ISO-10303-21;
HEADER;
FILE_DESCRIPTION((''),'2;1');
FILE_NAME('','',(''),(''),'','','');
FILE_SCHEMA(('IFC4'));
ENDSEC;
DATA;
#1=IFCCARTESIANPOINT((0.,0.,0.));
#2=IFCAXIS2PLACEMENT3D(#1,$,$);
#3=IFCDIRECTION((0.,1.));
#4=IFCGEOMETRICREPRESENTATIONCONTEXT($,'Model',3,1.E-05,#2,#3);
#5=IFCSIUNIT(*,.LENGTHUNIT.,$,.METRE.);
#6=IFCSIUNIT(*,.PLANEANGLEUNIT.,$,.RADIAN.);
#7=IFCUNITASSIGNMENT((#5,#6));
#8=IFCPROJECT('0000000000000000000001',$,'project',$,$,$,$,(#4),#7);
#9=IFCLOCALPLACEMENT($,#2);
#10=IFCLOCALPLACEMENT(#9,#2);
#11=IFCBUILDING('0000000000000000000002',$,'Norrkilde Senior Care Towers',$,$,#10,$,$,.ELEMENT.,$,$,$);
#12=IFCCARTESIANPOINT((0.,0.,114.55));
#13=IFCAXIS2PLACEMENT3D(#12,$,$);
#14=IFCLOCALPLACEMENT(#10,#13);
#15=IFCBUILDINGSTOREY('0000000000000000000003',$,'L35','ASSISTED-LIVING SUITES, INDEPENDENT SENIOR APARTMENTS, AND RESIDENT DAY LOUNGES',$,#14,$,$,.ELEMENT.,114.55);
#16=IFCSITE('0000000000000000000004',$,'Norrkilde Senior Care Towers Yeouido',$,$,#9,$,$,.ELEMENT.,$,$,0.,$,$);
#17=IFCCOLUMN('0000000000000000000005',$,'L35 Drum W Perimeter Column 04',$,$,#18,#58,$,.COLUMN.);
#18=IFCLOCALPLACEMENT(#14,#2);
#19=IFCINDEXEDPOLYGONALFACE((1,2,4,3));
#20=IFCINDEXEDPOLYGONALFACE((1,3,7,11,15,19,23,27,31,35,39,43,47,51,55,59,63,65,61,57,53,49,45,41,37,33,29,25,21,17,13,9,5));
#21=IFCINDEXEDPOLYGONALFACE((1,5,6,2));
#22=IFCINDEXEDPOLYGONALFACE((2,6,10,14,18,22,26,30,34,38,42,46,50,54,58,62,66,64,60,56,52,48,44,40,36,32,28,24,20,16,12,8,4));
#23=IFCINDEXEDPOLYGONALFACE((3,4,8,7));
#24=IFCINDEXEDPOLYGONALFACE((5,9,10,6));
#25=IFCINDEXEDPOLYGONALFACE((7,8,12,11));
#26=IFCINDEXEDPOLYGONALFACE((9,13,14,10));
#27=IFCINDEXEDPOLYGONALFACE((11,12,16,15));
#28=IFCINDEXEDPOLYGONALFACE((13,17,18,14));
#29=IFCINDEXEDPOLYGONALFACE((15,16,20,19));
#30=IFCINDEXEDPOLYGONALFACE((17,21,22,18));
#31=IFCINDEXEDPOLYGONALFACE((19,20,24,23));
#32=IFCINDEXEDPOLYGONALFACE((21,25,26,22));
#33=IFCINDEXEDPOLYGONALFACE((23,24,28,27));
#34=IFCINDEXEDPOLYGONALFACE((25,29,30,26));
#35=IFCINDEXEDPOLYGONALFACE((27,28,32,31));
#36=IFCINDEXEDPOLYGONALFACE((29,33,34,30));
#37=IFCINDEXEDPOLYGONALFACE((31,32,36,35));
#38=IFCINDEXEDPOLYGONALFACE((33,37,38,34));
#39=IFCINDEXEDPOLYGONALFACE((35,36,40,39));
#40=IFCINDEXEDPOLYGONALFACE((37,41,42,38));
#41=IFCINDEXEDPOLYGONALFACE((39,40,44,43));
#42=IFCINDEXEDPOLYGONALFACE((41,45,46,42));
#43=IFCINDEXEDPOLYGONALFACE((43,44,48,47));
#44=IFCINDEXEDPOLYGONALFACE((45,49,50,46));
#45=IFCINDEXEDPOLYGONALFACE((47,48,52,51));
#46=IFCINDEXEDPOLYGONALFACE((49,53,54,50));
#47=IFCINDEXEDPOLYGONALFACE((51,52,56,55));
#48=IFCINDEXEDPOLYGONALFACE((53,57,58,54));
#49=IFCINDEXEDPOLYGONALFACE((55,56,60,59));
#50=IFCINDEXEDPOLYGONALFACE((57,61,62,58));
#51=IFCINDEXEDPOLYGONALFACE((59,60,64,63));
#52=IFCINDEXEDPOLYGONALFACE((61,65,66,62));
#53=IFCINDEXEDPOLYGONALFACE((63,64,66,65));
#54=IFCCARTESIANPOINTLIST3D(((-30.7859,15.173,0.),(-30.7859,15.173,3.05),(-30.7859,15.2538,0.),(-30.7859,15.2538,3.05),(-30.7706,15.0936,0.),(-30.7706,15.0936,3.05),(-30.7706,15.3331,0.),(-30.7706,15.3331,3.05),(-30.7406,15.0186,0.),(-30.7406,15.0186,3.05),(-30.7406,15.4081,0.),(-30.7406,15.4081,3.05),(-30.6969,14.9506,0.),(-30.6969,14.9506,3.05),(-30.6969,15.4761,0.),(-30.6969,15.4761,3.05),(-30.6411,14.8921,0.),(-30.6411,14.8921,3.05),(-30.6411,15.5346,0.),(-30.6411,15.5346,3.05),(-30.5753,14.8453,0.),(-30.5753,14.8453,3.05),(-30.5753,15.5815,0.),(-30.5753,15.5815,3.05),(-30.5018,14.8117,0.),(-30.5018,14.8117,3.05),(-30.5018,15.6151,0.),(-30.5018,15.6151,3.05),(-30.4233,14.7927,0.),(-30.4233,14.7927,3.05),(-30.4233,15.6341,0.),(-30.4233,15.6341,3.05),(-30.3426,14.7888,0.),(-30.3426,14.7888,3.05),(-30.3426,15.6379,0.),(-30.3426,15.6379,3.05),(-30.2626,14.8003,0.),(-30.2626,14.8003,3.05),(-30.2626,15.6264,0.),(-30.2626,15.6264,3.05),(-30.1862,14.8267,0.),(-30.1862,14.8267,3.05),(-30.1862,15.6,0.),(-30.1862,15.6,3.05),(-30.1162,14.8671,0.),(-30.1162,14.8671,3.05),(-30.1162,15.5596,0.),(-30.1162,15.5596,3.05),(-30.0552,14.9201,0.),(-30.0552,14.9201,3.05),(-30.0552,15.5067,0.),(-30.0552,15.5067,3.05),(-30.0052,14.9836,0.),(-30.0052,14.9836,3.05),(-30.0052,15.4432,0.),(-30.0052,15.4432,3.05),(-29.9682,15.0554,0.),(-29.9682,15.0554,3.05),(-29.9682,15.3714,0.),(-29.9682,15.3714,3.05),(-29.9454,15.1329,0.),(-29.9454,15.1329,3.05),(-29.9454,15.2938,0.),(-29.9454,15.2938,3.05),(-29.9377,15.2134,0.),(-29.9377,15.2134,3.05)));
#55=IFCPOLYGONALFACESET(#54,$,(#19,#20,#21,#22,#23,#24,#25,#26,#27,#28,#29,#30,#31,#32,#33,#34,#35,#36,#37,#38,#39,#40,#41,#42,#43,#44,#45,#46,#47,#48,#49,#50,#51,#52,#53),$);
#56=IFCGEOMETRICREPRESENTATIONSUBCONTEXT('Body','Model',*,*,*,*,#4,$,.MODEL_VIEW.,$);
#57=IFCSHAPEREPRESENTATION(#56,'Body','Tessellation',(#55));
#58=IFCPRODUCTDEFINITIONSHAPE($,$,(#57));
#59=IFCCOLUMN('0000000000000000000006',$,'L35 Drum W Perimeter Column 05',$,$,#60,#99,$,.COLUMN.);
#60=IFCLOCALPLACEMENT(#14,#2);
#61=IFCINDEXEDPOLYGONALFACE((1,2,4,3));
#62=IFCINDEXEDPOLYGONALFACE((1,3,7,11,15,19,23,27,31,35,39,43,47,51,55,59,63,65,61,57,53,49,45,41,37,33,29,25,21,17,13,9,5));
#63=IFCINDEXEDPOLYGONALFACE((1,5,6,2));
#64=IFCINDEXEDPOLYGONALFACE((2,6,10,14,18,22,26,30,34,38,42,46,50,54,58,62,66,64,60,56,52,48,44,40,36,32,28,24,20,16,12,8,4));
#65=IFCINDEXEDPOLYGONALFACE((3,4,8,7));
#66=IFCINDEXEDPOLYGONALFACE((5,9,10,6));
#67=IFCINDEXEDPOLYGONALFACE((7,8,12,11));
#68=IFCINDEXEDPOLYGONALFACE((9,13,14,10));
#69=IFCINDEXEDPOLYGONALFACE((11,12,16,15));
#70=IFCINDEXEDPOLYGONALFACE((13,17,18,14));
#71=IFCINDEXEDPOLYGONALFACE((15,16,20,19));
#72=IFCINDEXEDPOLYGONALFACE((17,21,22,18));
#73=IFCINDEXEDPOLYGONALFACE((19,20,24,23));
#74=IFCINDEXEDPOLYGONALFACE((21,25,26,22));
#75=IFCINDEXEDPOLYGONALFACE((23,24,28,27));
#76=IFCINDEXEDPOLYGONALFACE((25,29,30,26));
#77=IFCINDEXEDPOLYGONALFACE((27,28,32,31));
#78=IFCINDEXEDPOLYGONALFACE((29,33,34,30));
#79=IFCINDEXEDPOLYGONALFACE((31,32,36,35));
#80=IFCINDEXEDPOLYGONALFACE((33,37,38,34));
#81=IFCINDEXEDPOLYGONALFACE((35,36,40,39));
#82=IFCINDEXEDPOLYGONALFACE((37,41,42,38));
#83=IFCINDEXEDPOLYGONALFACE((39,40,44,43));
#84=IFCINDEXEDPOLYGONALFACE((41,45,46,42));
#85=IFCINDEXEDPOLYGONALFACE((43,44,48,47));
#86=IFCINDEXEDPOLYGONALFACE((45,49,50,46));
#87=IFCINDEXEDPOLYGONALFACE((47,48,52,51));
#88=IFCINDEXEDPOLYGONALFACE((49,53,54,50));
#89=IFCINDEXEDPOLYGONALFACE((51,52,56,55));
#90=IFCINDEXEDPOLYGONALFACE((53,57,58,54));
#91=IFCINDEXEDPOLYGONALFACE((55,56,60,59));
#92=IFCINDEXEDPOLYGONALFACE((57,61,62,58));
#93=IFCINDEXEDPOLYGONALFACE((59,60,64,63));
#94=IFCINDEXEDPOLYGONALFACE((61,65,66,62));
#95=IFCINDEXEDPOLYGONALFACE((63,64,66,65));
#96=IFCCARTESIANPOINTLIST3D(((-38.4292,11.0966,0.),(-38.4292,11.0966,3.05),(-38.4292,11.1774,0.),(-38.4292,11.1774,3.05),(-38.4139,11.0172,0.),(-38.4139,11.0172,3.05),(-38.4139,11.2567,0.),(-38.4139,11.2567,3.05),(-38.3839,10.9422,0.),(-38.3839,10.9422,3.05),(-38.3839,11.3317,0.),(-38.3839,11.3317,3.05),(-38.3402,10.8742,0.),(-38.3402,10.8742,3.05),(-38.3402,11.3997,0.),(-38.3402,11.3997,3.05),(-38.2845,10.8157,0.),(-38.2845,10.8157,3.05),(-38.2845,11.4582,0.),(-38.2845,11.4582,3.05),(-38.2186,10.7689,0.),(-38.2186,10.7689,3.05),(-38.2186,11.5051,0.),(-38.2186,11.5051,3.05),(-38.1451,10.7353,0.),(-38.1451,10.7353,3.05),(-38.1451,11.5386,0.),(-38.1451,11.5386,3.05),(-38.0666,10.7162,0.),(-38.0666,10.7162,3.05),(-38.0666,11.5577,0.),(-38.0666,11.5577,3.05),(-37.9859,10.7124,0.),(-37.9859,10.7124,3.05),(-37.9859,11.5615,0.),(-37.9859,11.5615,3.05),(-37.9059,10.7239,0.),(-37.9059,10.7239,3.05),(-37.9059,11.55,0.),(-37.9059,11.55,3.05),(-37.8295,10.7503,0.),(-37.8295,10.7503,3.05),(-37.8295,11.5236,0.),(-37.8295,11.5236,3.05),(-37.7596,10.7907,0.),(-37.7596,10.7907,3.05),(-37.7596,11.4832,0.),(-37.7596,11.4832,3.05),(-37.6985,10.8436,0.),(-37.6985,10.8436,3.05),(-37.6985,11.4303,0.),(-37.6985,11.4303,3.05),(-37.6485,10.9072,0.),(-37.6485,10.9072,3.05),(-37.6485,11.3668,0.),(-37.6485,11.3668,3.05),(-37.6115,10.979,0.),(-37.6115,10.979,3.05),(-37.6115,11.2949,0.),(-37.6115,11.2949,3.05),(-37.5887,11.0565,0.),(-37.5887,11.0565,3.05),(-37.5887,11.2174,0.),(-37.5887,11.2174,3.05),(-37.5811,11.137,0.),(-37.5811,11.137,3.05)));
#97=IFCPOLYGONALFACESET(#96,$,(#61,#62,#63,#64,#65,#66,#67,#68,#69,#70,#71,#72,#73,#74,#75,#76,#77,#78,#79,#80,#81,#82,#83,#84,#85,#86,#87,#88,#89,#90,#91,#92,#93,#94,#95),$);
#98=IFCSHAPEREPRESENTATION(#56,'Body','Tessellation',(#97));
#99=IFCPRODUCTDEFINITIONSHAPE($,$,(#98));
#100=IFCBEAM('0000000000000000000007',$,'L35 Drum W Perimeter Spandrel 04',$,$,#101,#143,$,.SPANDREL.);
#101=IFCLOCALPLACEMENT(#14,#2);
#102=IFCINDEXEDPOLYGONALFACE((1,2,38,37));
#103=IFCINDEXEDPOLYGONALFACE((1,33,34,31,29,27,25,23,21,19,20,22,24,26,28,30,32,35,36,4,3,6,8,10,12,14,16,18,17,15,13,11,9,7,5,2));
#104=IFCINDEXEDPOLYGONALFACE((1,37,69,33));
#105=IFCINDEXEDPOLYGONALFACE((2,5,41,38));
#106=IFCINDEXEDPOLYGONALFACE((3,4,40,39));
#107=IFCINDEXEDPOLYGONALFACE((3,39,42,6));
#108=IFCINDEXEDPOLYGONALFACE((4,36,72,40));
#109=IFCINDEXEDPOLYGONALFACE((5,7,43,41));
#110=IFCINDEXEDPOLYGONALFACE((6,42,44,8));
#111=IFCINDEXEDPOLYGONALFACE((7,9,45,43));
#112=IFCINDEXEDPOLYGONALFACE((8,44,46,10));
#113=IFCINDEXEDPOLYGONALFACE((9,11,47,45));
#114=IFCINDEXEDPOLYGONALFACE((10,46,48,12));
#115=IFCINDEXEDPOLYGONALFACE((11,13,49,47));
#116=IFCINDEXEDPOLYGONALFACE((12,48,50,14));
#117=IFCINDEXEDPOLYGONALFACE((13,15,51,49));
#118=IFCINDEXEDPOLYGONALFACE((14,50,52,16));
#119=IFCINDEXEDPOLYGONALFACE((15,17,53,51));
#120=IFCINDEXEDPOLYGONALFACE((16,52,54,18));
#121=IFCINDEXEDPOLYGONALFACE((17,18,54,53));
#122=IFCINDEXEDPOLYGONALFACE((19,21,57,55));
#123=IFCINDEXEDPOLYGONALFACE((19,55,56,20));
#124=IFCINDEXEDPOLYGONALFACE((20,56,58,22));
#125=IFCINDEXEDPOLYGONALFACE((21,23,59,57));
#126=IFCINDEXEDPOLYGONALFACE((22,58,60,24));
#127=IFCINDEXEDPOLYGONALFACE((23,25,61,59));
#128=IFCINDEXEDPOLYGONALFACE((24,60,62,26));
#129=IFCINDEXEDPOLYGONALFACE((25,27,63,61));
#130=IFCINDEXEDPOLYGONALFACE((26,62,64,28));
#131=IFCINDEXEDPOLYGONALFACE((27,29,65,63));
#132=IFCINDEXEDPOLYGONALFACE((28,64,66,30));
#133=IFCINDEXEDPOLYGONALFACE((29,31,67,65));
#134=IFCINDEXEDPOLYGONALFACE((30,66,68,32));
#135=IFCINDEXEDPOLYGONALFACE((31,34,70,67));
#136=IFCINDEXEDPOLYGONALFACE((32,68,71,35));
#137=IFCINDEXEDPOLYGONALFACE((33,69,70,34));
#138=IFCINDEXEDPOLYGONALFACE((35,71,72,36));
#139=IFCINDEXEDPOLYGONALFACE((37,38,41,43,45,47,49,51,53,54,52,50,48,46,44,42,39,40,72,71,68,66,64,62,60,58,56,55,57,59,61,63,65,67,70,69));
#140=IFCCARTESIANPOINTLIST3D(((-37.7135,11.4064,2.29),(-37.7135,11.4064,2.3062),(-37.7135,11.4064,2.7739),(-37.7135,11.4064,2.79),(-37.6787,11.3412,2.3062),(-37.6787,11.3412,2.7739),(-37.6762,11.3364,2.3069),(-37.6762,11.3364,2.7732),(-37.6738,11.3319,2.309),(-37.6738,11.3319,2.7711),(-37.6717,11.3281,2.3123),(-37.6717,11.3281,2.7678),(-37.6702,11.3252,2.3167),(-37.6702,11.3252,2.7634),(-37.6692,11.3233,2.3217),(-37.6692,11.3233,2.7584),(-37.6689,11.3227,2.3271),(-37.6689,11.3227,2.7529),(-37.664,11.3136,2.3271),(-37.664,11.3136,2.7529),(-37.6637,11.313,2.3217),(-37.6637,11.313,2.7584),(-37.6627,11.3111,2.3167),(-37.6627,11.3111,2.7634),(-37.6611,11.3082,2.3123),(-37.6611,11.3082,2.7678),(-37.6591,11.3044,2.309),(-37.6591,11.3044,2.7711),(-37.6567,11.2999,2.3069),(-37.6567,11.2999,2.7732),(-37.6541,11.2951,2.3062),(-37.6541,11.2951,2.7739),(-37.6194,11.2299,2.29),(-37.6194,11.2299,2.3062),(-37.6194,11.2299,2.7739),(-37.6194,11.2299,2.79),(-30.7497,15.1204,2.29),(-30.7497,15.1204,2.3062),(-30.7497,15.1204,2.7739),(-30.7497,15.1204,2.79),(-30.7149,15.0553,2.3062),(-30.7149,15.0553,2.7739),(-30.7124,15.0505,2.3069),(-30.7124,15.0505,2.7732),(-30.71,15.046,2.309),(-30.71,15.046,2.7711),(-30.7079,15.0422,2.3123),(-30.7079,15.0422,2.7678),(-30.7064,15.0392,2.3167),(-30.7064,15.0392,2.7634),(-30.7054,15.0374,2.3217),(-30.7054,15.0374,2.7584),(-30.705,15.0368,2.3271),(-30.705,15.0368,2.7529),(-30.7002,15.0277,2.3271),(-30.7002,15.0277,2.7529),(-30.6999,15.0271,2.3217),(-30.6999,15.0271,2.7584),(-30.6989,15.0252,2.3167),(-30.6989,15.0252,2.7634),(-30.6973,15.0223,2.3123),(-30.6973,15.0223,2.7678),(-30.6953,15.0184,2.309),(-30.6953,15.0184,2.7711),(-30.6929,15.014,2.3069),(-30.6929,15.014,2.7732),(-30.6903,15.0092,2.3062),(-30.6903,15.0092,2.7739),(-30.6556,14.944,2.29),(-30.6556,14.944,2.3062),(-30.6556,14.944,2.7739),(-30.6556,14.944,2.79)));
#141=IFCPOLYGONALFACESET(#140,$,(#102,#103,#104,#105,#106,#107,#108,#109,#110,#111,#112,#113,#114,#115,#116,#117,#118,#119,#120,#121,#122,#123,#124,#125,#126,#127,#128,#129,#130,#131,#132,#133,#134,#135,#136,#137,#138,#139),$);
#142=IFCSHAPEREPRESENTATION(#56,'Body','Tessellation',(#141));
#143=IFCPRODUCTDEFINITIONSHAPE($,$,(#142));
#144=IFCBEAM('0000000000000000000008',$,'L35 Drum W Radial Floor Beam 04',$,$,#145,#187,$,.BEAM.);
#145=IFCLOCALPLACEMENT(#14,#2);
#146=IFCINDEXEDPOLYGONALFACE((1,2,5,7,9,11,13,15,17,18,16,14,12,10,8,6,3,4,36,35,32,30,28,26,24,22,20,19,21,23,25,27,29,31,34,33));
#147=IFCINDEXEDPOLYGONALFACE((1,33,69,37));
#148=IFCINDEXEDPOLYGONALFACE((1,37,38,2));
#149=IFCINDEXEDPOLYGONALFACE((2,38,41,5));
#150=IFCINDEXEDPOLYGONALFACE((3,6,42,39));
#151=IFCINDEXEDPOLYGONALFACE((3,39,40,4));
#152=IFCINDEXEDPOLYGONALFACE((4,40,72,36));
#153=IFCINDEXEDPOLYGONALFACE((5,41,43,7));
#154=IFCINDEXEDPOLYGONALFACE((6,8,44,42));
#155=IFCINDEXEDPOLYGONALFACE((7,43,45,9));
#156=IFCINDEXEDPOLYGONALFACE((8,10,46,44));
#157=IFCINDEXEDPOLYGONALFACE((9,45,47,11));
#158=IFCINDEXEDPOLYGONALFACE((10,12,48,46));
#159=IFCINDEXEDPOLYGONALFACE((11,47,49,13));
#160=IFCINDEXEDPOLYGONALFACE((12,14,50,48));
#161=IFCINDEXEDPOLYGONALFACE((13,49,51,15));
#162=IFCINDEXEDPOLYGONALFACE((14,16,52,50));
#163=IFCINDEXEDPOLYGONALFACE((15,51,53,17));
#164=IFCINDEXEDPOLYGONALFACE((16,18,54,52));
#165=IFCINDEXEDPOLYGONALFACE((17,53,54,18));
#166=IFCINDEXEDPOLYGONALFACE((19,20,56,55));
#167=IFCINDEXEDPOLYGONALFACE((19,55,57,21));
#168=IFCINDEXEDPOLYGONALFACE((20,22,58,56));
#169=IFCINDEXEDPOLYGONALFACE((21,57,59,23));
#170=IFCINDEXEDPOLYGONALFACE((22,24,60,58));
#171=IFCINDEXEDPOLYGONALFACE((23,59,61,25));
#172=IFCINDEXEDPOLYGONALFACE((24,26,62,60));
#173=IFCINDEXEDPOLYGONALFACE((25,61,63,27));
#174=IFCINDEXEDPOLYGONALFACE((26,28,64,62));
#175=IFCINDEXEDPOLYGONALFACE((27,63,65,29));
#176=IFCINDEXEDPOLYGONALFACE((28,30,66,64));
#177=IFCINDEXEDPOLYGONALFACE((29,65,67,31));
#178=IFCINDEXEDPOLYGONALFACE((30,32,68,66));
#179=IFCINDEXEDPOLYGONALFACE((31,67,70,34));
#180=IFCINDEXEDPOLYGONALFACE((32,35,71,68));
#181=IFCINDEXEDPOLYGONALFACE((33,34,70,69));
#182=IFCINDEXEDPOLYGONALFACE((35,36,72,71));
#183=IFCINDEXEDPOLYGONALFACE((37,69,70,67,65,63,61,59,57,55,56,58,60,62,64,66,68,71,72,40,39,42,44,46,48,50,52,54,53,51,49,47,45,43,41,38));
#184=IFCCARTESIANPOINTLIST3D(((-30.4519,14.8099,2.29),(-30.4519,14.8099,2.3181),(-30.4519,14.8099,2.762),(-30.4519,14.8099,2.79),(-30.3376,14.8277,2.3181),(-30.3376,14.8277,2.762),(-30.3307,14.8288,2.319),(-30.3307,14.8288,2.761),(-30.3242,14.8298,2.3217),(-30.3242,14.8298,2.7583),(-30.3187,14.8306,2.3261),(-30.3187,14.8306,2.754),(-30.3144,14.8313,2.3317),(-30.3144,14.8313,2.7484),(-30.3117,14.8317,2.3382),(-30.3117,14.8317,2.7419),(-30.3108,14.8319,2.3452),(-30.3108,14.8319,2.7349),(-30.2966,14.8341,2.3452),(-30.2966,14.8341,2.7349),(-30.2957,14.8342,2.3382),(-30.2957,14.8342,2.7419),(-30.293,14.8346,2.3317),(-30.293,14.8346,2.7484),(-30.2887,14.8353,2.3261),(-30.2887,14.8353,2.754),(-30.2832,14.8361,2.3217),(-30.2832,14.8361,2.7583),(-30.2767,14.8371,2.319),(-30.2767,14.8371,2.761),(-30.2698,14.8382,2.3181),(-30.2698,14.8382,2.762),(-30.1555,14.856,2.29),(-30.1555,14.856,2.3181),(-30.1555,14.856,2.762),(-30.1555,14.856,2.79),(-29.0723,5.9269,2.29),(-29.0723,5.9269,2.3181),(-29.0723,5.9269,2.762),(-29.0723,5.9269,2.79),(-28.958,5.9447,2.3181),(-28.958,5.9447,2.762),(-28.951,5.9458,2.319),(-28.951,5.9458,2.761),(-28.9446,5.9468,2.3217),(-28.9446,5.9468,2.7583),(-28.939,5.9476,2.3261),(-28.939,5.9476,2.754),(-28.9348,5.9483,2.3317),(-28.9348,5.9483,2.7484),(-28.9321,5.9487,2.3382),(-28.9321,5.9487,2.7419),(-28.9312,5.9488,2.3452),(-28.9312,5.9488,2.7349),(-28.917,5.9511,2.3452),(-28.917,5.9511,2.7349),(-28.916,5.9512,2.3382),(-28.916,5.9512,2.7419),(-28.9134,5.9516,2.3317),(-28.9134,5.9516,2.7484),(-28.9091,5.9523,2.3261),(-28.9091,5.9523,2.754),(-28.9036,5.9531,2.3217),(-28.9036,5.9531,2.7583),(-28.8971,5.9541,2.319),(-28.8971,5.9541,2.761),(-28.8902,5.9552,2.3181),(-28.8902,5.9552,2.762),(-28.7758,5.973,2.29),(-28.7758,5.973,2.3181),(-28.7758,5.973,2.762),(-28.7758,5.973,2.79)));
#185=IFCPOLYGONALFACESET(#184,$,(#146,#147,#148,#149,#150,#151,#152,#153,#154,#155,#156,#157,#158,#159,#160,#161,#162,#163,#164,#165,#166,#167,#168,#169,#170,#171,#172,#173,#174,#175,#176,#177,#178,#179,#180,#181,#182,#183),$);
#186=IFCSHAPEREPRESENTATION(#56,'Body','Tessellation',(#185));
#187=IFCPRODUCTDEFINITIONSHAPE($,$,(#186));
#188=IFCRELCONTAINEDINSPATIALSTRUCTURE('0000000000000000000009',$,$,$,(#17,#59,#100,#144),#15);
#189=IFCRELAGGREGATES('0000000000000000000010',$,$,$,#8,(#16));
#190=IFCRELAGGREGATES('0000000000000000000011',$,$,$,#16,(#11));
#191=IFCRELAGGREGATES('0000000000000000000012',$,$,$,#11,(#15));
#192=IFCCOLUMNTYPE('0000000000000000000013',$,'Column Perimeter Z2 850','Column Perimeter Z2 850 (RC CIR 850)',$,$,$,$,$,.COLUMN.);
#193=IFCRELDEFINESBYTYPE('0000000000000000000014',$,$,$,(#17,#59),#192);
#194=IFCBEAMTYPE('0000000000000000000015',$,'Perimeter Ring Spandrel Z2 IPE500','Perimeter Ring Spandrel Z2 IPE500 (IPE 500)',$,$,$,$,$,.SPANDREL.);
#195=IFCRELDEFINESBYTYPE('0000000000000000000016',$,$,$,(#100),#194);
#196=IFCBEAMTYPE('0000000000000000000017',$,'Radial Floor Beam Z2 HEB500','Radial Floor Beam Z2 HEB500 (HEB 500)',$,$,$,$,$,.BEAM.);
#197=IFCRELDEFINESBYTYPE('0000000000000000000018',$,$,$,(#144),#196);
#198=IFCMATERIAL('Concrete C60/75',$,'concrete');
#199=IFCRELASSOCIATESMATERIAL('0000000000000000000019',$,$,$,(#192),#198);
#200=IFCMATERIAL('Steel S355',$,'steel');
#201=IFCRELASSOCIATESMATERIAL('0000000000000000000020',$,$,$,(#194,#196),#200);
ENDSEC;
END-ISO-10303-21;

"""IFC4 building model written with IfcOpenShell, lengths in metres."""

from ifc_helpers import new_model, si_unit, direction, frame, origin, origin_2d, place, context, subcontext, project, spatial, circle, i_section, extrude, source, transform, mapped, material, material_profile, profile_set, type_object, type_shapes, element, save


model = new_model("IFC4")

# Units and contexts
model_context = context("Model", 3, precision=1e-05, world=origin(), true_north=direction((0.0, 1.0)))
body_context = subcontext(model_context, "Body", "Model", "MODEL_VIEW")
ifc_project = project(units=[si_unit("LENGTHUNIT", "METRE"), si_unit("PLANEANGLEUNIT", "RADIAN")], contexts=[model_context])

# Site, building, storey
site_placement = place(None, origin())
site = spatial("IfcSite", under=ifc_project, at=site_placement, Name="Norrkilde Senior Care Towers Yeouido", CompositionType="ELEMENT", RefElevation=0.0)
building_placement = place(site_placement, origin())
building = spatial("IfcBuilding", under=site, at=building_placement, Name="Norrkilde Senior Care Towers", CompositionType="ELEMENT")
storey_placement = place(building_placement, frame((0.0, 0.0, 114.55)))
storey = spatial("IfcBuildingStorey", under=building, at=storey_placement, Name="L35", Description="ASSISTED-LIVING SUITES, INDEPENDENT SENIOR APARTMENTS, AND RESIDENT DAY LOUNGES", CompositionType="ELEMENT", Elevation=114.55)

# Columns
ifc_material_1 = material(Name="Concrete C60/75", Category="concrete")
ifc_material_profile_1 = material_profile(ifc_material_1, circle(Radius=0.425, at=origin_2d()), Name="RC CIR 850")
ifc_profile_set_1 = profile_set([ifc_material_profile_1], Name="Concrete C60/75")
column_type = type_object("IfcColumnType", Name="Column Perimeter Z2 850", Description="Column Perimeter Z2 850 (RC CIR 850)", PredefinedType="COLUMN", material=ifc_profile_set_1)
shared_shape_1 = source(origin(), body_context, "Body", "SweptSolid", [
    extrude(circle(Radius=0.425, at=origin_2d()), origin(), (0.0, 0.0, 1.0), 3.05),
])
type_shapes(column_type, [shared_shape_1])
for number, where, z_axis, x_axis, name in (
    (1, (-30.3628, 15.2134, 0.0), (0.0, 0.0, 1.0), (1.0, 0.0, 0.0), "L35 Drum W Perimeter Column 04"),
    (2, (-38.0061, 11.137, 0.0), (0.0, 0.0, 1.0), (1.0, 0.0, 0.0), "L35 Drum W Perimeter Column 05"),
):
    element("IfcColumn", number, at=place(storey_placement, frame(where, z_axis=z_axis, x_axis=x_axis)), inside=storey, type_object=column_type, Name=name, PredefinedType="COLUMN", context=body_context, shape_type="MappedRepresentation", body=[
        mapped(shared_shape_1, transform((0.0, 0.0, 0.0), x_axis=(1.0, 0.0, 0.0), y_axis=(0.0, 1.0, 0.0), z_axis=(0.0, 0.0, 1.0), scale=1.0)),
    ])

# Beams
ifc_material_2 = material(Name="Steel S355", Category="steel")
ifc_material_profile_2 = material_profile(ifc_material_2, i_section(OverallWidth=0.2, OverallDepth=0.5, WebThickness=0.0103, FlangeThickness=0.0161, FilletRadius=0.021, at=origin_2d()), Name="IPE 500")
ifc_profile_set_2 = profile_set([ifc_material_profile_2], Name="Steel S355")
beam_type_1 = type_object("IfcBeamType", Name="Perimeter Ring Spandrel Z2 IPE500", Description="Perimeter Ring Spandrel Z2 IPE500 (IPE 500)", PredefinedType="SPANDREL", material=ifc_profile_set_2)
shared_shape_2 = source(origin(), body_context, "Body", "SweptSolid", [
    extrude(i_section(OverallWidth=0.2, OverallDepth=0.5, WebThickness=0.0103, FlangeThickness=0.0161, FilletRadius=0.021, at=origin_2d()), origin(), (0.0, 0.0, 1.0), 7.8923),
])
beam_1_placement = place(storey_placement, frame((-30.7026, 15.0322, 2.54), z_axis=(-0.88235, -0.470593, 0.0), x_axis=(0.470593, -0.88235, 0.0)))
element("IfcBeam", 3, at=beam_1_placement, inside=storey, type_object=beam_type_1, Name="L35 Drum W Perimeter Spandrel 04", PredefinedType="SPANDREL", context=body_context, shape_type="MappedRepresentation", body=[
    mapped(shared_shape_2, transform((0.0, 0.0, 0.0), x_axis=(1.0, 0.0, 0.0), y_axis=(0.0, 1.0, 0.0), z_axis=(0.0, 0.0, 1.0), scale=1.0)),
])
ifc_material_profile_3 = material_profile(ifc_material_2, i_section(OverallWidth=0.3, OverallDepth=0.5, WebThickness=0.0144, FlangeThickness=0.0281, FilletRadius=0.0271, at=origin_2d()), Name="HEB 500")
ifc_profile_set_3 = profile_set([ifc_material_profile_3], Name="Steel S355")
beam_type_2 = type_object("IfcBeamType", Name="Radial Floor Beam Z2 HEB500", Description="Radial Floor Beam Z2 HEB500 (HEB 500)", PredefinedType="BEAM", material=ifc_profile_set_3)
shared_shape_3 = source(origin(), body_context, "Body", "SweptSolid", [
    extrude(i_section(OverallWidth=0.3, OverallDepth=0.5, WebThickness=0.0144, FlangeThickness=0.0281, FilletRadius=0.0271, at=origin_2d()), origin(), (0.0, 0.0, 1.0), 8.9895),
])
beam_2_placement = place(storey_placement, frame((-28.9241, 5.95, 2.54), z_axis=(-0.153471, 0.988153, 0.0), x_axis=(-0.988153, -0.153471, 0.0)))
element("IfcBeam", 4, at=beam_2_placement, inside=storey, type_object=beam_type_2, Name="L35 Drum W Radial Floor Beam 04", PredefinedType="BEAM", context=body_context, shape_type="MappedRepresentation", body=[
    mapped(shared_shape_3, transform((0.0, 0.0, 0.0), x_axis=(1.0, 0.0, 0.0), y_axis=(0.0, 1.0, 0.0), z_axis=(0.0, 0.0, 1.0), scale=1.0)),
])

save(model, "model.ifc")
